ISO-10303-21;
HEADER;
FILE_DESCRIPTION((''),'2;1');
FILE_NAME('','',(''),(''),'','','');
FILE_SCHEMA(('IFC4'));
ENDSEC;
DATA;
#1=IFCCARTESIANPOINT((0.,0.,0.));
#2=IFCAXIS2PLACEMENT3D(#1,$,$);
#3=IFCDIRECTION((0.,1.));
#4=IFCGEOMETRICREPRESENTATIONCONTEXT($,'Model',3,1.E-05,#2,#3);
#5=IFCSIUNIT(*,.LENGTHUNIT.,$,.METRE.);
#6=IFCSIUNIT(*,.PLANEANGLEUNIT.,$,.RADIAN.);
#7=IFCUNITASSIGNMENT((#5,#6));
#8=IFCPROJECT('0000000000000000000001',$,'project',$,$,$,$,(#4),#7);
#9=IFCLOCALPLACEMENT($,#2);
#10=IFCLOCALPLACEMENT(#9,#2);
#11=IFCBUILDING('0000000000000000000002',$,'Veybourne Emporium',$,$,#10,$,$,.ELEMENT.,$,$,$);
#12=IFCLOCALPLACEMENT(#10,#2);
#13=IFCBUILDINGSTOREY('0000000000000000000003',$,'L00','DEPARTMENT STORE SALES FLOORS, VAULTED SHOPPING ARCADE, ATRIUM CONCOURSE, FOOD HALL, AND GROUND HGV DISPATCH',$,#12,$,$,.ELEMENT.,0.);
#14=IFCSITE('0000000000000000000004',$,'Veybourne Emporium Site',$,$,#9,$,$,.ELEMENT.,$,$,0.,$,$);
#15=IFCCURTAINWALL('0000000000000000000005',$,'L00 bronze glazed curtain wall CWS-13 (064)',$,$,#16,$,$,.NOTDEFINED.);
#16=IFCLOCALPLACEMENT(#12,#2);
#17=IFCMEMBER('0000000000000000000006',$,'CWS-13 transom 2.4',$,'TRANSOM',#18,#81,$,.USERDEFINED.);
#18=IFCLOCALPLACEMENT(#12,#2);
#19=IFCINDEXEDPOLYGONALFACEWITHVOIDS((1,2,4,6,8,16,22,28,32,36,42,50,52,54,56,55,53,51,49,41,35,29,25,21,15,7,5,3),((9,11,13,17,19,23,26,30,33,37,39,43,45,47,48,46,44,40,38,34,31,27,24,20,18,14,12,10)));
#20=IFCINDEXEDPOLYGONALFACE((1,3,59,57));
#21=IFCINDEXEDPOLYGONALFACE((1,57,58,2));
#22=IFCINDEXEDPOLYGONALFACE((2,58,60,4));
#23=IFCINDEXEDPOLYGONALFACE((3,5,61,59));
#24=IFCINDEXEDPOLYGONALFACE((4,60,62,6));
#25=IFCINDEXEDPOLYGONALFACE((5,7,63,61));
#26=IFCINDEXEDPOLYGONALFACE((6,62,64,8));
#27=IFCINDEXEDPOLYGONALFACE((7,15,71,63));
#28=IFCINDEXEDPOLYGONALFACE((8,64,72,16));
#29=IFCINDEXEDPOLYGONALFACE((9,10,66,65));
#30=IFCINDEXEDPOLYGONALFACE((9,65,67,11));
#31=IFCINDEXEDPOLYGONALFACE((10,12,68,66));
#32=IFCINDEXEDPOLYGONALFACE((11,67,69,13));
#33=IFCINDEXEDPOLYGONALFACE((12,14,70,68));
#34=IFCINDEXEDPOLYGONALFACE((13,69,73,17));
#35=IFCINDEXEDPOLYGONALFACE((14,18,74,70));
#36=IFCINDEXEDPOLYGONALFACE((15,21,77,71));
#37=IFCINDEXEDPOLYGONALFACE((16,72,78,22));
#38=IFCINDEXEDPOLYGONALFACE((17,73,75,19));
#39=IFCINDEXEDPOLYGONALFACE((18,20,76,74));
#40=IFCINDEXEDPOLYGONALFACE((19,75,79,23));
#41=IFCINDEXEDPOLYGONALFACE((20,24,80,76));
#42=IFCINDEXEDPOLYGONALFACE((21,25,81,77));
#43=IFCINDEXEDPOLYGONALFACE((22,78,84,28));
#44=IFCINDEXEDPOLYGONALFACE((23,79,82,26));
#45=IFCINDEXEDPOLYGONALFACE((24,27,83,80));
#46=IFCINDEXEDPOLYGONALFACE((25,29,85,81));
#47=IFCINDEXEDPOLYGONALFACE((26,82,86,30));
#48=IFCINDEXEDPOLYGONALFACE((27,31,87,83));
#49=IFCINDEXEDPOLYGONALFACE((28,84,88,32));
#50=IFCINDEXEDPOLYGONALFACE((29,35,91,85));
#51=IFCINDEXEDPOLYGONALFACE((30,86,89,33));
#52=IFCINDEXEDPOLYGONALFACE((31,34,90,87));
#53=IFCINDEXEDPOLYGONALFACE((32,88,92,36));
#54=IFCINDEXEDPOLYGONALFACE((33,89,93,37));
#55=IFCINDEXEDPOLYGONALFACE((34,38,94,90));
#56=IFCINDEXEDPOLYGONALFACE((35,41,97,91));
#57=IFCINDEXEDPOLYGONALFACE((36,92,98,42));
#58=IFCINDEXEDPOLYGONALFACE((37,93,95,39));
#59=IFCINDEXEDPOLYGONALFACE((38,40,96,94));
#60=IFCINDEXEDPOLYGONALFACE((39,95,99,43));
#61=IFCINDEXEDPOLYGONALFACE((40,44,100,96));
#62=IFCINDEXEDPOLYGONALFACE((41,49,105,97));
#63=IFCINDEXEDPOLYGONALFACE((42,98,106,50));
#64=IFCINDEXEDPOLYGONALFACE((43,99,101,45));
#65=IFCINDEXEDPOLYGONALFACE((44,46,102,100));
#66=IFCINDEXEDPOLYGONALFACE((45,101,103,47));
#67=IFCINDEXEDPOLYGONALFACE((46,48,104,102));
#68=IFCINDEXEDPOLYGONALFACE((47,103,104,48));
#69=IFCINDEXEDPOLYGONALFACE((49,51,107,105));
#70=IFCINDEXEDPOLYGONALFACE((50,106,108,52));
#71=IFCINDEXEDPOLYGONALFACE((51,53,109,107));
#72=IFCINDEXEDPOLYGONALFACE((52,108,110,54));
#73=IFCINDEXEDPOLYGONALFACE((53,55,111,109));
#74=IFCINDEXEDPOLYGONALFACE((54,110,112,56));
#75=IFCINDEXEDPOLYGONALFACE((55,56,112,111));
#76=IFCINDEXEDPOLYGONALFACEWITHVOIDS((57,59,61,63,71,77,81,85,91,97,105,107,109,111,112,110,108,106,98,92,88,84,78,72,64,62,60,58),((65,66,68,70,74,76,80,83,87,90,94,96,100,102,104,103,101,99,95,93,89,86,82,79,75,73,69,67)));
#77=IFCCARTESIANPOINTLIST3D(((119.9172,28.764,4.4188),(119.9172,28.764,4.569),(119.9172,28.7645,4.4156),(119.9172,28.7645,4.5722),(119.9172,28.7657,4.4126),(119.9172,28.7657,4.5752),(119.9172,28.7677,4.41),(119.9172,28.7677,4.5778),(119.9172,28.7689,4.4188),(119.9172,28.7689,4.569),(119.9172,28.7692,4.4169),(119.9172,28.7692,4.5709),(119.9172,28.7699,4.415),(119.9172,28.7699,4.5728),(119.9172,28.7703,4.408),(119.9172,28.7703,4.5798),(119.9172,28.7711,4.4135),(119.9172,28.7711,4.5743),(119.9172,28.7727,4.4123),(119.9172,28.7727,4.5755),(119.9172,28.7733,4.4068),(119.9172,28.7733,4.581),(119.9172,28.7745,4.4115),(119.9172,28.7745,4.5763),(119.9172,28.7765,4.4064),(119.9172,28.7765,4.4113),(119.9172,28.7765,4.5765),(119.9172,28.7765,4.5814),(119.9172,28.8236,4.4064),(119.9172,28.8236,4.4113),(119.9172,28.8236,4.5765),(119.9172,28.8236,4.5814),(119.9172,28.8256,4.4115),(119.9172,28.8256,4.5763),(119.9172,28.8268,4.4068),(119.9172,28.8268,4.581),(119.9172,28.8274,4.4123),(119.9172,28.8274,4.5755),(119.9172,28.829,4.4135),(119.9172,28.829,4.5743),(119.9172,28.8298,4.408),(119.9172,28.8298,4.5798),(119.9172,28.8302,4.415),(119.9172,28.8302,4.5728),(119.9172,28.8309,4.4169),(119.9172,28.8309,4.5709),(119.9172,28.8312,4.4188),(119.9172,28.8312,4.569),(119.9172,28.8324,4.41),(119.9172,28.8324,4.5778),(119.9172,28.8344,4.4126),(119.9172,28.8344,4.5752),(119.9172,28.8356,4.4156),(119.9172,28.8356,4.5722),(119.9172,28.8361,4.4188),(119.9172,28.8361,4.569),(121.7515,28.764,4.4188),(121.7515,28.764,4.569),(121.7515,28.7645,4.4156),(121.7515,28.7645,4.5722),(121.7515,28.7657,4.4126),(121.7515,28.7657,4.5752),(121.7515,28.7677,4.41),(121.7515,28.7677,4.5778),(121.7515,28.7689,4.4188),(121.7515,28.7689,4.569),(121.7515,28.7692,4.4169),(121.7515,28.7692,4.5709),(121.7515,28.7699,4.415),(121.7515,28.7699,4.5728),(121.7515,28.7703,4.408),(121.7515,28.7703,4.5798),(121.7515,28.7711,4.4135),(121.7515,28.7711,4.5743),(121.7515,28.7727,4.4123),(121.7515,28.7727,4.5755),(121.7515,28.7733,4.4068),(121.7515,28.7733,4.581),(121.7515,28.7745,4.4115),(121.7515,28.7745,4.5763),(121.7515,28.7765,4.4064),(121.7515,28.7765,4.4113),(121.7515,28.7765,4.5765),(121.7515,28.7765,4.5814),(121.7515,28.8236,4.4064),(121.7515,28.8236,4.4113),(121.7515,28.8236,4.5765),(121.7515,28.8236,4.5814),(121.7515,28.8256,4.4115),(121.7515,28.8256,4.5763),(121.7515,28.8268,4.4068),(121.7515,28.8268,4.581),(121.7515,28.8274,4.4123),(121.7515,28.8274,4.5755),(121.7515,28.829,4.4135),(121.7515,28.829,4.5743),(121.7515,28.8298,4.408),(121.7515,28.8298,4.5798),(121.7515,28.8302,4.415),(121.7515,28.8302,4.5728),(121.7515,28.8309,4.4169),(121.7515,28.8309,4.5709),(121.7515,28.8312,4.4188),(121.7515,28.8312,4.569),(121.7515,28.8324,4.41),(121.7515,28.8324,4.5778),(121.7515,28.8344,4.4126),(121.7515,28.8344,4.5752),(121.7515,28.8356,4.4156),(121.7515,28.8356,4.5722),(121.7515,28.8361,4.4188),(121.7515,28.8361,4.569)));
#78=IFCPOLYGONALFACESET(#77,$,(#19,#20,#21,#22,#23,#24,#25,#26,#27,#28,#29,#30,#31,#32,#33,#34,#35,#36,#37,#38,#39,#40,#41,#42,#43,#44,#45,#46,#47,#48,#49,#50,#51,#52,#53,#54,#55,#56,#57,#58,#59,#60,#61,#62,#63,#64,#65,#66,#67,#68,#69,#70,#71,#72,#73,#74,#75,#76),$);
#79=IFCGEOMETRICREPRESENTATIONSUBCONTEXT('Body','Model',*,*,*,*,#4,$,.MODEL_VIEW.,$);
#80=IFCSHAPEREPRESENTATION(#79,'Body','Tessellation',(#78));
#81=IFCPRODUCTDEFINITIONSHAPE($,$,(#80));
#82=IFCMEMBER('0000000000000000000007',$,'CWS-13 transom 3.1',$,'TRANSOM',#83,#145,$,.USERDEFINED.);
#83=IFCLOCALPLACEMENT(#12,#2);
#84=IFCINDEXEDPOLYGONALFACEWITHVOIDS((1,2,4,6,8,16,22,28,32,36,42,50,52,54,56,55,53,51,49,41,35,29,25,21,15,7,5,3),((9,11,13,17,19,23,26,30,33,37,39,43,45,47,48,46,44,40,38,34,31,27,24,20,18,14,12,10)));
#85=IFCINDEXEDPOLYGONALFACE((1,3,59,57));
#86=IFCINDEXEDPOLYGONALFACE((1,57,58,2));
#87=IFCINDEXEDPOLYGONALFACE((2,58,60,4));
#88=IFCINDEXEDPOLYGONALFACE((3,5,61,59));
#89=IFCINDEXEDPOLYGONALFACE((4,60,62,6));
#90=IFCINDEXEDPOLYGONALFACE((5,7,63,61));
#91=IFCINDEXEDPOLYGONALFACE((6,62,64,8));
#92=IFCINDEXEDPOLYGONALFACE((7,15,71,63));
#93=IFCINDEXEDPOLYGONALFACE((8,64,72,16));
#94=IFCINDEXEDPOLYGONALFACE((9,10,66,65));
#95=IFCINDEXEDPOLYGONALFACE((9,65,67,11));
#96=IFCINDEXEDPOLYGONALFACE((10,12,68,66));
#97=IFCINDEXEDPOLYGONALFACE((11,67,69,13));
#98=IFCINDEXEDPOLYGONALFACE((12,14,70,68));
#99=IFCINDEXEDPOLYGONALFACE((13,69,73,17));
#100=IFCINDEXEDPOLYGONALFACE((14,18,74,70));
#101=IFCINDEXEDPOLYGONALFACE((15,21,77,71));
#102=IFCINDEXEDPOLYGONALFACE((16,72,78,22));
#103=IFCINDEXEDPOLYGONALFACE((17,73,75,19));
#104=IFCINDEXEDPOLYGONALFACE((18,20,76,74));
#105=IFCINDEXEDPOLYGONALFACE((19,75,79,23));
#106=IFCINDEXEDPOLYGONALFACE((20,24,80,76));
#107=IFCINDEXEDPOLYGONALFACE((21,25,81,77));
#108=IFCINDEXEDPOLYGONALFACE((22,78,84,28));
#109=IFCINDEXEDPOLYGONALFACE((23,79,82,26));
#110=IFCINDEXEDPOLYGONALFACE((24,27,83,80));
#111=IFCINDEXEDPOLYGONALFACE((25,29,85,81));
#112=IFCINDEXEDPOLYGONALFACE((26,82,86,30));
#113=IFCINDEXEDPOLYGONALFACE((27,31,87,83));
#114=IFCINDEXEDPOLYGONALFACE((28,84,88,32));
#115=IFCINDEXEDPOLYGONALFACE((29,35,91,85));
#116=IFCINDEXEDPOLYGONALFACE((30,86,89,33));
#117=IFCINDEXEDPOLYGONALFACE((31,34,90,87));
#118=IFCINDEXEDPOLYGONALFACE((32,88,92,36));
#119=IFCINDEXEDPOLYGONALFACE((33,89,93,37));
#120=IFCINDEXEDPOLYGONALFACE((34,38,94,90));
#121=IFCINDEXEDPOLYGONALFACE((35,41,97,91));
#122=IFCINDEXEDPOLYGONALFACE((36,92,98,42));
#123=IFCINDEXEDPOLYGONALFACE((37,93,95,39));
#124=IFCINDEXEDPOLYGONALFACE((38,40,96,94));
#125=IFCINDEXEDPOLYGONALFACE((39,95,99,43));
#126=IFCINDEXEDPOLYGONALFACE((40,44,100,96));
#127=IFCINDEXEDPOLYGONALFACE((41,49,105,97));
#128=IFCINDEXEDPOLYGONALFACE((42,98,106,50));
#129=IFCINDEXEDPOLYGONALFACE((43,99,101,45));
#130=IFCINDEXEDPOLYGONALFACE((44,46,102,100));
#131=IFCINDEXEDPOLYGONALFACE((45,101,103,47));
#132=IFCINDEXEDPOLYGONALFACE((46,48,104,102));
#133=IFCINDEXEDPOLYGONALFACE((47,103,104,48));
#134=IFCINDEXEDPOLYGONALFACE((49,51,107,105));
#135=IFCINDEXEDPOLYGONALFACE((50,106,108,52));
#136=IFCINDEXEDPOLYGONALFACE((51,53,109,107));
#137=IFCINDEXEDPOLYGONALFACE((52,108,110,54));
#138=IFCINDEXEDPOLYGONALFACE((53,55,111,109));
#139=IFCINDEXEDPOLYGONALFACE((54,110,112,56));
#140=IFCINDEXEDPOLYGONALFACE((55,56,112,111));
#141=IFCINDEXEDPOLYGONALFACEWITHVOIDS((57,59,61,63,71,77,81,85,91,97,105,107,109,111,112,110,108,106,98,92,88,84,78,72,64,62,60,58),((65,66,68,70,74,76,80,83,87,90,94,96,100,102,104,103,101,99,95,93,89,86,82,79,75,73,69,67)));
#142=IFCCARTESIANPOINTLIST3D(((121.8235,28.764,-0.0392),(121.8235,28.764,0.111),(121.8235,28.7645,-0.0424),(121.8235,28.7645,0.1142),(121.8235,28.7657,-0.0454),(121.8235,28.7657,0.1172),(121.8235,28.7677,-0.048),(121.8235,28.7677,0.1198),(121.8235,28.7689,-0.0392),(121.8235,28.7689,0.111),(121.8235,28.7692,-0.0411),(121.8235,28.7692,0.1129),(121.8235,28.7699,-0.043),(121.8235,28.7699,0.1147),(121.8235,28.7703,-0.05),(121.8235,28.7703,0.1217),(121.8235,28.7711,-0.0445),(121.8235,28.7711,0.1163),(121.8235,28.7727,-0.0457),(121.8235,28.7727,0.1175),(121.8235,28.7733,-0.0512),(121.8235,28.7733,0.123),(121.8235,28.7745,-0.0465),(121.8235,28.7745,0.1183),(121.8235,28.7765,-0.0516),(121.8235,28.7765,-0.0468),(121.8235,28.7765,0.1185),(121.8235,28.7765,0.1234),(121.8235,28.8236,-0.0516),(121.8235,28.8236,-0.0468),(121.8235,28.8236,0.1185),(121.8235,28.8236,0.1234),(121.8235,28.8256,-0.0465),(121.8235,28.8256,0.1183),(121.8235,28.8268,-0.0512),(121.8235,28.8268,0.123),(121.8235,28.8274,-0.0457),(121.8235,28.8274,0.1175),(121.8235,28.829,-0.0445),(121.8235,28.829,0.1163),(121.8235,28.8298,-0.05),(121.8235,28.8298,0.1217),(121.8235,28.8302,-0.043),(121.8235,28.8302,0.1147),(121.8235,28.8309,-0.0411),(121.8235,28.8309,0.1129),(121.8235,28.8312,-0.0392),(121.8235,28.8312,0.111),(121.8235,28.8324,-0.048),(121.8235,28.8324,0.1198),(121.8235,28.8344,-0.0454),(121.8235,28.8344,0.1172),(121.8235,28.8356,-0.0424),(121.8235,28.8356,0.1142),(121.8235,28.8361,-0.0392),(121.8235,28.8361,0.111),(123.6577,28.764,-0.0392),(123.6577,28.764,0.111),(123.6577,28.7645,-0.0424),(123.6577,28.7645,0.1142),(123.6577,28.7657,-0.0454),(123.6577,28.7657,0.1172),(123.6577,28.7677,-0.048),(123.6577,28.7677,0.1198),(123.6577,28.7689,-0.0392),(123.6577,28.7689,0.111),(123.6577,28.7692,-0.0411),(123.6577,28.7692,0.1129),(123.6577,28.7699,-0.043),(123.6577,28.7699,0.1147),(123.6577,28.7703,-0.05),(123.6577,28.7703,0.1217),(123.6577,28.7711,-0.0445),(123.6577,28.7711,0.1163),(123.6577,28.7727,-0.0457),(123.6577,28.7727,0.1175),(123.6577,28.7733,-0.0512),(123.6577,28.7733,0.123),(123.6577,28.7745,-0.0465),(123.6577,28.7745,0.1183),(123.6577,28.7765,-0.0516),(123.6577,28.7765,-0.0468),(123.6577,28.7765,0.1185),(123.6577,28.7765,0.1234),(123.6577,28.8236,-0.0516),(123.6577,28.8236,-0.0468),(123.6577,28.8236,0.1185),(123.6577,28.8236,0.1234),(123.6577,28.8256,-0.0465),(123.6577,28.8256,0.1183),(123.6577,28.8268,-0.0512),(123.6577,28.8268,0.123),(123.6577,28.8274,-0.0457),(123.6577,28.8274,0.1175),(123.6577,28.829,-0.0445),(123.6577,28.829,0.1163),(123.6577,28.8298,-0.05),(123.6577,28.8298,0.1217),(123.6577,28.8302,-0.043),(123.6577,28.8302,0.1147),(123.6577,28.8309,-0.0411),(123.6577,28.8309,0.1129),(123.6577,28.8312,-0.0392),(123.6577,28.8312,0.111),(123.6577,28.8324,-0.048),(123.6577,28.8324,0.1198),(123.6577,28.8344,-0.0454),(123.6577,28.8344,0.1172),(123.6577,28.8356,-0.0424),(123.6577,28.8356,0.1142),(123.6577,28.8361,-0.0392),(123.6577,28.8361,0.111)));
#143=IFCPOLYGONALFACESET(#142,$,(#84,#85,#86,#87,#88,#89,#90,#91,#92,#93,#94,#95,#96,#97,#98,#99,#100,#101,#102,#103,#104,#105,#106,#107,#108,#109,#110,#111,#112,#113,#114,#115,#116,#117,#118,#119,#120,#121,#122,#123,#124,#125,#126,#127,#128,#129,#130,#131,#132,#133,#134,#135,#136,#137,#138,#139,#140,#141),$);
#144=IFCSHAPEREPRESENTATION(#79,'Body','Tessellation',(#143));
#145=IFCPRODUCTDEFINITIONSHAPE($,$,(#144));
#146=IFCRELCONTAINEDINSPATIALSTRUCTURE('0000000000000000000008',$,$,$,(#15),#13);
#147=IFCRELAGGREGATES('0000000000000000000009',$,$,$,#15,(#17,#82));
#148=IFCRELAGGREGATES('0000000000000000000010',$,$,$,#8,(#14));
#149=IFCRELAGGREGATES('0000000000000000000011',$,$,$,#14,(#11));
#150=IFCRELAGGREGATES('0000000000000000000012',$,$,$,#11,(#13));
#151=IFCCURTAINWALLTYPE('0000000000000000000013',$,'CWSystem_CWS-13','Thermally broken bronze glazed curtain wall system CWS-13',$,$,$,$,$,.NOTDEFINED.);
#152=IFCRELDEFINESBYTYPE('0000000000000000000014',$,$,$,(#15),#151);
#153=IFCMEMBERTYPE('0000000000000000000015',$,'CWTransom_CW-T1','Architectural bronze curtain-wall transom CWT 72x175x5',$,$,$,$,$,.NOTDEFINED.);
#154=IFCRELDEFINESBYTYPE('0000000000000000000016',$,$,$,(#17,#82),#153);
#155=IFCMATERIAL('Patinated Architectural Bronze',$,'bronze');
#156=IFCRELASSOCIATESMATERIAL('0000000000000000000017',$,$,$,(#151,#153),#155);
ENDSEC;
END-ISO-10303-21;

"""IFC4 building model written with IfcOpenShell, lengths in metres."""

from ifc_helpers import new_model, si_unit, direction, frame, origin, origin_2d, place, context, subcontext, project, spatial, hollow_rectangle, extrude, material, material_profile, profile_set, type_object, element, aggregate, save


model = new_model("IFC4")

# Units and contexts
model_context = context("Model", 3, precision=1e-05, world=origin(), true_north=direction((0.0, 1.0)))
body_context = subcontext(model_context, "Body", "Model", "MODEL_VIEW")
ifc_project = project(units=[si_unit("LENGTHUNIT", "METRE"), si_unit("PLANEANGLEUNIT", "RADIAN")], contexts=[model_context])

# Site, building, storey
site_placement = place(None, origin())
site = spatial("IfcSite", under=ifc_project, at=site_placement, Name="Veybourne Emporium Site", CompositionType="ELEMENT", RefElevation=0.0)
building_placement = place(site_placement, origin())
building = spatial("IfcBuilding", under=site, at=building_placement, Name="Veybourne Emporium", CompositionType="ELEMENT")
storey_placement = place(building_placement, origin())
storey = spatial("IfcBuildingStorey", under=building, at=storey_placement, Name="L00", Description="DEPARTMENT STORE SALES FLOORS, VAULTED SHOPPING ARCADE, ATRIUM CONCOURSE, FOOD HALL, AND GROUND HGV DISPATCH", CompositionType="ELEMENT", Elevation=0.0)

# Curtain wall
ifc_material_1 = material(Name="Patinated Architectural Bronze", Category="bronze")
curtain_wall_type_1 = type_object("IfcCurtainWallType", Name="CWSystem_CWS-13", Description="Thermally broken bronze glazed curtain wall system CWS-13", PredefinedType="NOTDEFINED", material=ifc_material_1)
curtain_wall_1_placement = place(storey_placement, origin())
curtain_wall_1 = element("IfcCurtainWall", 1, at=curtain_wall_1_placement, inside=storey, type_object=curtain_wall_type_1, Name="L00 bronze glazed curtain wall CWS-13 (064)", PredefinedType="NOTDEFINED")

# Members
ifc_material_profile_1 = material_profile(ifc_material_1, hollow_rectangle(XDim=0.072, YDim=0.175, WallThickness=0.0049, InnerFilletRadius=0.0076, OuterFilletRadius=0.0125, at=origin_2d()), Name="CWT 72x175x5")
ifc_profile_set_1 = profile_set([ifc_material_profile_1], Name="Patinated Architectural Bronze")
member_type_1 = type_object("IfcMemberType", Name="CWTransom_CW-T1", Description="Architectural bronze curtain-wall transom CWT 72x175x5", PredefinedType="NOTDEFINED", material=ifc_profile_set_1)
member_1_placement = place(storey_placement, frame((119.9172, 28.8, 4.4939), z_axis=(1.0, 0.0, 0.0), x_axis=(0.0, 1.0, 0.0)))
member_1 = element("IfcMember", 2, at=member_1_placement, type_object=member_type_1, Name="CWS-13 transom 2.4", ObjectType="TRANSOM", PredefinedType="USERDEFINED", context=body_context, shape_type="SweptSolid", body=[
    extrude(hollow_rectangle(XDim=0.072, YDim=0.175, WallThickness=0.0049, InnerFilletRadius=0.0076, OuterFilletRadius=0.0125, at=origin_2d()), origin(), (0.0, 0.0, 1.0), 1.8342),
])
member_2_placement = place(storey_placement, frame((121.8235, 28.8, 0.0359), z_axis=(1.0, 0.0, 0.0), x_axis=(0.0, 1.0, 0.0)))
member_2 = element("IfcMember", 3, at=member_2_placement, type_object=member_type_1, Name="CWS-13 transom 3.1", ObjectType="TRANSOM", PredefinedType="USERDEFINED", context=body_context, shape_type="SweptSolid", body=[
    extrude(hollow_rectangle(XDim=0.072, YDim=0.175, WallThickness=0.0049, InnerFilletRadius=0.0076, OuterFilletRadius=0.0125, at=origin_2d()), origin(), (0.0, 0.0, 1.0), 1.8342),
])

aggregate(curtain_wall_1, [member_1, member_2])

save(model, "model.ifc")
